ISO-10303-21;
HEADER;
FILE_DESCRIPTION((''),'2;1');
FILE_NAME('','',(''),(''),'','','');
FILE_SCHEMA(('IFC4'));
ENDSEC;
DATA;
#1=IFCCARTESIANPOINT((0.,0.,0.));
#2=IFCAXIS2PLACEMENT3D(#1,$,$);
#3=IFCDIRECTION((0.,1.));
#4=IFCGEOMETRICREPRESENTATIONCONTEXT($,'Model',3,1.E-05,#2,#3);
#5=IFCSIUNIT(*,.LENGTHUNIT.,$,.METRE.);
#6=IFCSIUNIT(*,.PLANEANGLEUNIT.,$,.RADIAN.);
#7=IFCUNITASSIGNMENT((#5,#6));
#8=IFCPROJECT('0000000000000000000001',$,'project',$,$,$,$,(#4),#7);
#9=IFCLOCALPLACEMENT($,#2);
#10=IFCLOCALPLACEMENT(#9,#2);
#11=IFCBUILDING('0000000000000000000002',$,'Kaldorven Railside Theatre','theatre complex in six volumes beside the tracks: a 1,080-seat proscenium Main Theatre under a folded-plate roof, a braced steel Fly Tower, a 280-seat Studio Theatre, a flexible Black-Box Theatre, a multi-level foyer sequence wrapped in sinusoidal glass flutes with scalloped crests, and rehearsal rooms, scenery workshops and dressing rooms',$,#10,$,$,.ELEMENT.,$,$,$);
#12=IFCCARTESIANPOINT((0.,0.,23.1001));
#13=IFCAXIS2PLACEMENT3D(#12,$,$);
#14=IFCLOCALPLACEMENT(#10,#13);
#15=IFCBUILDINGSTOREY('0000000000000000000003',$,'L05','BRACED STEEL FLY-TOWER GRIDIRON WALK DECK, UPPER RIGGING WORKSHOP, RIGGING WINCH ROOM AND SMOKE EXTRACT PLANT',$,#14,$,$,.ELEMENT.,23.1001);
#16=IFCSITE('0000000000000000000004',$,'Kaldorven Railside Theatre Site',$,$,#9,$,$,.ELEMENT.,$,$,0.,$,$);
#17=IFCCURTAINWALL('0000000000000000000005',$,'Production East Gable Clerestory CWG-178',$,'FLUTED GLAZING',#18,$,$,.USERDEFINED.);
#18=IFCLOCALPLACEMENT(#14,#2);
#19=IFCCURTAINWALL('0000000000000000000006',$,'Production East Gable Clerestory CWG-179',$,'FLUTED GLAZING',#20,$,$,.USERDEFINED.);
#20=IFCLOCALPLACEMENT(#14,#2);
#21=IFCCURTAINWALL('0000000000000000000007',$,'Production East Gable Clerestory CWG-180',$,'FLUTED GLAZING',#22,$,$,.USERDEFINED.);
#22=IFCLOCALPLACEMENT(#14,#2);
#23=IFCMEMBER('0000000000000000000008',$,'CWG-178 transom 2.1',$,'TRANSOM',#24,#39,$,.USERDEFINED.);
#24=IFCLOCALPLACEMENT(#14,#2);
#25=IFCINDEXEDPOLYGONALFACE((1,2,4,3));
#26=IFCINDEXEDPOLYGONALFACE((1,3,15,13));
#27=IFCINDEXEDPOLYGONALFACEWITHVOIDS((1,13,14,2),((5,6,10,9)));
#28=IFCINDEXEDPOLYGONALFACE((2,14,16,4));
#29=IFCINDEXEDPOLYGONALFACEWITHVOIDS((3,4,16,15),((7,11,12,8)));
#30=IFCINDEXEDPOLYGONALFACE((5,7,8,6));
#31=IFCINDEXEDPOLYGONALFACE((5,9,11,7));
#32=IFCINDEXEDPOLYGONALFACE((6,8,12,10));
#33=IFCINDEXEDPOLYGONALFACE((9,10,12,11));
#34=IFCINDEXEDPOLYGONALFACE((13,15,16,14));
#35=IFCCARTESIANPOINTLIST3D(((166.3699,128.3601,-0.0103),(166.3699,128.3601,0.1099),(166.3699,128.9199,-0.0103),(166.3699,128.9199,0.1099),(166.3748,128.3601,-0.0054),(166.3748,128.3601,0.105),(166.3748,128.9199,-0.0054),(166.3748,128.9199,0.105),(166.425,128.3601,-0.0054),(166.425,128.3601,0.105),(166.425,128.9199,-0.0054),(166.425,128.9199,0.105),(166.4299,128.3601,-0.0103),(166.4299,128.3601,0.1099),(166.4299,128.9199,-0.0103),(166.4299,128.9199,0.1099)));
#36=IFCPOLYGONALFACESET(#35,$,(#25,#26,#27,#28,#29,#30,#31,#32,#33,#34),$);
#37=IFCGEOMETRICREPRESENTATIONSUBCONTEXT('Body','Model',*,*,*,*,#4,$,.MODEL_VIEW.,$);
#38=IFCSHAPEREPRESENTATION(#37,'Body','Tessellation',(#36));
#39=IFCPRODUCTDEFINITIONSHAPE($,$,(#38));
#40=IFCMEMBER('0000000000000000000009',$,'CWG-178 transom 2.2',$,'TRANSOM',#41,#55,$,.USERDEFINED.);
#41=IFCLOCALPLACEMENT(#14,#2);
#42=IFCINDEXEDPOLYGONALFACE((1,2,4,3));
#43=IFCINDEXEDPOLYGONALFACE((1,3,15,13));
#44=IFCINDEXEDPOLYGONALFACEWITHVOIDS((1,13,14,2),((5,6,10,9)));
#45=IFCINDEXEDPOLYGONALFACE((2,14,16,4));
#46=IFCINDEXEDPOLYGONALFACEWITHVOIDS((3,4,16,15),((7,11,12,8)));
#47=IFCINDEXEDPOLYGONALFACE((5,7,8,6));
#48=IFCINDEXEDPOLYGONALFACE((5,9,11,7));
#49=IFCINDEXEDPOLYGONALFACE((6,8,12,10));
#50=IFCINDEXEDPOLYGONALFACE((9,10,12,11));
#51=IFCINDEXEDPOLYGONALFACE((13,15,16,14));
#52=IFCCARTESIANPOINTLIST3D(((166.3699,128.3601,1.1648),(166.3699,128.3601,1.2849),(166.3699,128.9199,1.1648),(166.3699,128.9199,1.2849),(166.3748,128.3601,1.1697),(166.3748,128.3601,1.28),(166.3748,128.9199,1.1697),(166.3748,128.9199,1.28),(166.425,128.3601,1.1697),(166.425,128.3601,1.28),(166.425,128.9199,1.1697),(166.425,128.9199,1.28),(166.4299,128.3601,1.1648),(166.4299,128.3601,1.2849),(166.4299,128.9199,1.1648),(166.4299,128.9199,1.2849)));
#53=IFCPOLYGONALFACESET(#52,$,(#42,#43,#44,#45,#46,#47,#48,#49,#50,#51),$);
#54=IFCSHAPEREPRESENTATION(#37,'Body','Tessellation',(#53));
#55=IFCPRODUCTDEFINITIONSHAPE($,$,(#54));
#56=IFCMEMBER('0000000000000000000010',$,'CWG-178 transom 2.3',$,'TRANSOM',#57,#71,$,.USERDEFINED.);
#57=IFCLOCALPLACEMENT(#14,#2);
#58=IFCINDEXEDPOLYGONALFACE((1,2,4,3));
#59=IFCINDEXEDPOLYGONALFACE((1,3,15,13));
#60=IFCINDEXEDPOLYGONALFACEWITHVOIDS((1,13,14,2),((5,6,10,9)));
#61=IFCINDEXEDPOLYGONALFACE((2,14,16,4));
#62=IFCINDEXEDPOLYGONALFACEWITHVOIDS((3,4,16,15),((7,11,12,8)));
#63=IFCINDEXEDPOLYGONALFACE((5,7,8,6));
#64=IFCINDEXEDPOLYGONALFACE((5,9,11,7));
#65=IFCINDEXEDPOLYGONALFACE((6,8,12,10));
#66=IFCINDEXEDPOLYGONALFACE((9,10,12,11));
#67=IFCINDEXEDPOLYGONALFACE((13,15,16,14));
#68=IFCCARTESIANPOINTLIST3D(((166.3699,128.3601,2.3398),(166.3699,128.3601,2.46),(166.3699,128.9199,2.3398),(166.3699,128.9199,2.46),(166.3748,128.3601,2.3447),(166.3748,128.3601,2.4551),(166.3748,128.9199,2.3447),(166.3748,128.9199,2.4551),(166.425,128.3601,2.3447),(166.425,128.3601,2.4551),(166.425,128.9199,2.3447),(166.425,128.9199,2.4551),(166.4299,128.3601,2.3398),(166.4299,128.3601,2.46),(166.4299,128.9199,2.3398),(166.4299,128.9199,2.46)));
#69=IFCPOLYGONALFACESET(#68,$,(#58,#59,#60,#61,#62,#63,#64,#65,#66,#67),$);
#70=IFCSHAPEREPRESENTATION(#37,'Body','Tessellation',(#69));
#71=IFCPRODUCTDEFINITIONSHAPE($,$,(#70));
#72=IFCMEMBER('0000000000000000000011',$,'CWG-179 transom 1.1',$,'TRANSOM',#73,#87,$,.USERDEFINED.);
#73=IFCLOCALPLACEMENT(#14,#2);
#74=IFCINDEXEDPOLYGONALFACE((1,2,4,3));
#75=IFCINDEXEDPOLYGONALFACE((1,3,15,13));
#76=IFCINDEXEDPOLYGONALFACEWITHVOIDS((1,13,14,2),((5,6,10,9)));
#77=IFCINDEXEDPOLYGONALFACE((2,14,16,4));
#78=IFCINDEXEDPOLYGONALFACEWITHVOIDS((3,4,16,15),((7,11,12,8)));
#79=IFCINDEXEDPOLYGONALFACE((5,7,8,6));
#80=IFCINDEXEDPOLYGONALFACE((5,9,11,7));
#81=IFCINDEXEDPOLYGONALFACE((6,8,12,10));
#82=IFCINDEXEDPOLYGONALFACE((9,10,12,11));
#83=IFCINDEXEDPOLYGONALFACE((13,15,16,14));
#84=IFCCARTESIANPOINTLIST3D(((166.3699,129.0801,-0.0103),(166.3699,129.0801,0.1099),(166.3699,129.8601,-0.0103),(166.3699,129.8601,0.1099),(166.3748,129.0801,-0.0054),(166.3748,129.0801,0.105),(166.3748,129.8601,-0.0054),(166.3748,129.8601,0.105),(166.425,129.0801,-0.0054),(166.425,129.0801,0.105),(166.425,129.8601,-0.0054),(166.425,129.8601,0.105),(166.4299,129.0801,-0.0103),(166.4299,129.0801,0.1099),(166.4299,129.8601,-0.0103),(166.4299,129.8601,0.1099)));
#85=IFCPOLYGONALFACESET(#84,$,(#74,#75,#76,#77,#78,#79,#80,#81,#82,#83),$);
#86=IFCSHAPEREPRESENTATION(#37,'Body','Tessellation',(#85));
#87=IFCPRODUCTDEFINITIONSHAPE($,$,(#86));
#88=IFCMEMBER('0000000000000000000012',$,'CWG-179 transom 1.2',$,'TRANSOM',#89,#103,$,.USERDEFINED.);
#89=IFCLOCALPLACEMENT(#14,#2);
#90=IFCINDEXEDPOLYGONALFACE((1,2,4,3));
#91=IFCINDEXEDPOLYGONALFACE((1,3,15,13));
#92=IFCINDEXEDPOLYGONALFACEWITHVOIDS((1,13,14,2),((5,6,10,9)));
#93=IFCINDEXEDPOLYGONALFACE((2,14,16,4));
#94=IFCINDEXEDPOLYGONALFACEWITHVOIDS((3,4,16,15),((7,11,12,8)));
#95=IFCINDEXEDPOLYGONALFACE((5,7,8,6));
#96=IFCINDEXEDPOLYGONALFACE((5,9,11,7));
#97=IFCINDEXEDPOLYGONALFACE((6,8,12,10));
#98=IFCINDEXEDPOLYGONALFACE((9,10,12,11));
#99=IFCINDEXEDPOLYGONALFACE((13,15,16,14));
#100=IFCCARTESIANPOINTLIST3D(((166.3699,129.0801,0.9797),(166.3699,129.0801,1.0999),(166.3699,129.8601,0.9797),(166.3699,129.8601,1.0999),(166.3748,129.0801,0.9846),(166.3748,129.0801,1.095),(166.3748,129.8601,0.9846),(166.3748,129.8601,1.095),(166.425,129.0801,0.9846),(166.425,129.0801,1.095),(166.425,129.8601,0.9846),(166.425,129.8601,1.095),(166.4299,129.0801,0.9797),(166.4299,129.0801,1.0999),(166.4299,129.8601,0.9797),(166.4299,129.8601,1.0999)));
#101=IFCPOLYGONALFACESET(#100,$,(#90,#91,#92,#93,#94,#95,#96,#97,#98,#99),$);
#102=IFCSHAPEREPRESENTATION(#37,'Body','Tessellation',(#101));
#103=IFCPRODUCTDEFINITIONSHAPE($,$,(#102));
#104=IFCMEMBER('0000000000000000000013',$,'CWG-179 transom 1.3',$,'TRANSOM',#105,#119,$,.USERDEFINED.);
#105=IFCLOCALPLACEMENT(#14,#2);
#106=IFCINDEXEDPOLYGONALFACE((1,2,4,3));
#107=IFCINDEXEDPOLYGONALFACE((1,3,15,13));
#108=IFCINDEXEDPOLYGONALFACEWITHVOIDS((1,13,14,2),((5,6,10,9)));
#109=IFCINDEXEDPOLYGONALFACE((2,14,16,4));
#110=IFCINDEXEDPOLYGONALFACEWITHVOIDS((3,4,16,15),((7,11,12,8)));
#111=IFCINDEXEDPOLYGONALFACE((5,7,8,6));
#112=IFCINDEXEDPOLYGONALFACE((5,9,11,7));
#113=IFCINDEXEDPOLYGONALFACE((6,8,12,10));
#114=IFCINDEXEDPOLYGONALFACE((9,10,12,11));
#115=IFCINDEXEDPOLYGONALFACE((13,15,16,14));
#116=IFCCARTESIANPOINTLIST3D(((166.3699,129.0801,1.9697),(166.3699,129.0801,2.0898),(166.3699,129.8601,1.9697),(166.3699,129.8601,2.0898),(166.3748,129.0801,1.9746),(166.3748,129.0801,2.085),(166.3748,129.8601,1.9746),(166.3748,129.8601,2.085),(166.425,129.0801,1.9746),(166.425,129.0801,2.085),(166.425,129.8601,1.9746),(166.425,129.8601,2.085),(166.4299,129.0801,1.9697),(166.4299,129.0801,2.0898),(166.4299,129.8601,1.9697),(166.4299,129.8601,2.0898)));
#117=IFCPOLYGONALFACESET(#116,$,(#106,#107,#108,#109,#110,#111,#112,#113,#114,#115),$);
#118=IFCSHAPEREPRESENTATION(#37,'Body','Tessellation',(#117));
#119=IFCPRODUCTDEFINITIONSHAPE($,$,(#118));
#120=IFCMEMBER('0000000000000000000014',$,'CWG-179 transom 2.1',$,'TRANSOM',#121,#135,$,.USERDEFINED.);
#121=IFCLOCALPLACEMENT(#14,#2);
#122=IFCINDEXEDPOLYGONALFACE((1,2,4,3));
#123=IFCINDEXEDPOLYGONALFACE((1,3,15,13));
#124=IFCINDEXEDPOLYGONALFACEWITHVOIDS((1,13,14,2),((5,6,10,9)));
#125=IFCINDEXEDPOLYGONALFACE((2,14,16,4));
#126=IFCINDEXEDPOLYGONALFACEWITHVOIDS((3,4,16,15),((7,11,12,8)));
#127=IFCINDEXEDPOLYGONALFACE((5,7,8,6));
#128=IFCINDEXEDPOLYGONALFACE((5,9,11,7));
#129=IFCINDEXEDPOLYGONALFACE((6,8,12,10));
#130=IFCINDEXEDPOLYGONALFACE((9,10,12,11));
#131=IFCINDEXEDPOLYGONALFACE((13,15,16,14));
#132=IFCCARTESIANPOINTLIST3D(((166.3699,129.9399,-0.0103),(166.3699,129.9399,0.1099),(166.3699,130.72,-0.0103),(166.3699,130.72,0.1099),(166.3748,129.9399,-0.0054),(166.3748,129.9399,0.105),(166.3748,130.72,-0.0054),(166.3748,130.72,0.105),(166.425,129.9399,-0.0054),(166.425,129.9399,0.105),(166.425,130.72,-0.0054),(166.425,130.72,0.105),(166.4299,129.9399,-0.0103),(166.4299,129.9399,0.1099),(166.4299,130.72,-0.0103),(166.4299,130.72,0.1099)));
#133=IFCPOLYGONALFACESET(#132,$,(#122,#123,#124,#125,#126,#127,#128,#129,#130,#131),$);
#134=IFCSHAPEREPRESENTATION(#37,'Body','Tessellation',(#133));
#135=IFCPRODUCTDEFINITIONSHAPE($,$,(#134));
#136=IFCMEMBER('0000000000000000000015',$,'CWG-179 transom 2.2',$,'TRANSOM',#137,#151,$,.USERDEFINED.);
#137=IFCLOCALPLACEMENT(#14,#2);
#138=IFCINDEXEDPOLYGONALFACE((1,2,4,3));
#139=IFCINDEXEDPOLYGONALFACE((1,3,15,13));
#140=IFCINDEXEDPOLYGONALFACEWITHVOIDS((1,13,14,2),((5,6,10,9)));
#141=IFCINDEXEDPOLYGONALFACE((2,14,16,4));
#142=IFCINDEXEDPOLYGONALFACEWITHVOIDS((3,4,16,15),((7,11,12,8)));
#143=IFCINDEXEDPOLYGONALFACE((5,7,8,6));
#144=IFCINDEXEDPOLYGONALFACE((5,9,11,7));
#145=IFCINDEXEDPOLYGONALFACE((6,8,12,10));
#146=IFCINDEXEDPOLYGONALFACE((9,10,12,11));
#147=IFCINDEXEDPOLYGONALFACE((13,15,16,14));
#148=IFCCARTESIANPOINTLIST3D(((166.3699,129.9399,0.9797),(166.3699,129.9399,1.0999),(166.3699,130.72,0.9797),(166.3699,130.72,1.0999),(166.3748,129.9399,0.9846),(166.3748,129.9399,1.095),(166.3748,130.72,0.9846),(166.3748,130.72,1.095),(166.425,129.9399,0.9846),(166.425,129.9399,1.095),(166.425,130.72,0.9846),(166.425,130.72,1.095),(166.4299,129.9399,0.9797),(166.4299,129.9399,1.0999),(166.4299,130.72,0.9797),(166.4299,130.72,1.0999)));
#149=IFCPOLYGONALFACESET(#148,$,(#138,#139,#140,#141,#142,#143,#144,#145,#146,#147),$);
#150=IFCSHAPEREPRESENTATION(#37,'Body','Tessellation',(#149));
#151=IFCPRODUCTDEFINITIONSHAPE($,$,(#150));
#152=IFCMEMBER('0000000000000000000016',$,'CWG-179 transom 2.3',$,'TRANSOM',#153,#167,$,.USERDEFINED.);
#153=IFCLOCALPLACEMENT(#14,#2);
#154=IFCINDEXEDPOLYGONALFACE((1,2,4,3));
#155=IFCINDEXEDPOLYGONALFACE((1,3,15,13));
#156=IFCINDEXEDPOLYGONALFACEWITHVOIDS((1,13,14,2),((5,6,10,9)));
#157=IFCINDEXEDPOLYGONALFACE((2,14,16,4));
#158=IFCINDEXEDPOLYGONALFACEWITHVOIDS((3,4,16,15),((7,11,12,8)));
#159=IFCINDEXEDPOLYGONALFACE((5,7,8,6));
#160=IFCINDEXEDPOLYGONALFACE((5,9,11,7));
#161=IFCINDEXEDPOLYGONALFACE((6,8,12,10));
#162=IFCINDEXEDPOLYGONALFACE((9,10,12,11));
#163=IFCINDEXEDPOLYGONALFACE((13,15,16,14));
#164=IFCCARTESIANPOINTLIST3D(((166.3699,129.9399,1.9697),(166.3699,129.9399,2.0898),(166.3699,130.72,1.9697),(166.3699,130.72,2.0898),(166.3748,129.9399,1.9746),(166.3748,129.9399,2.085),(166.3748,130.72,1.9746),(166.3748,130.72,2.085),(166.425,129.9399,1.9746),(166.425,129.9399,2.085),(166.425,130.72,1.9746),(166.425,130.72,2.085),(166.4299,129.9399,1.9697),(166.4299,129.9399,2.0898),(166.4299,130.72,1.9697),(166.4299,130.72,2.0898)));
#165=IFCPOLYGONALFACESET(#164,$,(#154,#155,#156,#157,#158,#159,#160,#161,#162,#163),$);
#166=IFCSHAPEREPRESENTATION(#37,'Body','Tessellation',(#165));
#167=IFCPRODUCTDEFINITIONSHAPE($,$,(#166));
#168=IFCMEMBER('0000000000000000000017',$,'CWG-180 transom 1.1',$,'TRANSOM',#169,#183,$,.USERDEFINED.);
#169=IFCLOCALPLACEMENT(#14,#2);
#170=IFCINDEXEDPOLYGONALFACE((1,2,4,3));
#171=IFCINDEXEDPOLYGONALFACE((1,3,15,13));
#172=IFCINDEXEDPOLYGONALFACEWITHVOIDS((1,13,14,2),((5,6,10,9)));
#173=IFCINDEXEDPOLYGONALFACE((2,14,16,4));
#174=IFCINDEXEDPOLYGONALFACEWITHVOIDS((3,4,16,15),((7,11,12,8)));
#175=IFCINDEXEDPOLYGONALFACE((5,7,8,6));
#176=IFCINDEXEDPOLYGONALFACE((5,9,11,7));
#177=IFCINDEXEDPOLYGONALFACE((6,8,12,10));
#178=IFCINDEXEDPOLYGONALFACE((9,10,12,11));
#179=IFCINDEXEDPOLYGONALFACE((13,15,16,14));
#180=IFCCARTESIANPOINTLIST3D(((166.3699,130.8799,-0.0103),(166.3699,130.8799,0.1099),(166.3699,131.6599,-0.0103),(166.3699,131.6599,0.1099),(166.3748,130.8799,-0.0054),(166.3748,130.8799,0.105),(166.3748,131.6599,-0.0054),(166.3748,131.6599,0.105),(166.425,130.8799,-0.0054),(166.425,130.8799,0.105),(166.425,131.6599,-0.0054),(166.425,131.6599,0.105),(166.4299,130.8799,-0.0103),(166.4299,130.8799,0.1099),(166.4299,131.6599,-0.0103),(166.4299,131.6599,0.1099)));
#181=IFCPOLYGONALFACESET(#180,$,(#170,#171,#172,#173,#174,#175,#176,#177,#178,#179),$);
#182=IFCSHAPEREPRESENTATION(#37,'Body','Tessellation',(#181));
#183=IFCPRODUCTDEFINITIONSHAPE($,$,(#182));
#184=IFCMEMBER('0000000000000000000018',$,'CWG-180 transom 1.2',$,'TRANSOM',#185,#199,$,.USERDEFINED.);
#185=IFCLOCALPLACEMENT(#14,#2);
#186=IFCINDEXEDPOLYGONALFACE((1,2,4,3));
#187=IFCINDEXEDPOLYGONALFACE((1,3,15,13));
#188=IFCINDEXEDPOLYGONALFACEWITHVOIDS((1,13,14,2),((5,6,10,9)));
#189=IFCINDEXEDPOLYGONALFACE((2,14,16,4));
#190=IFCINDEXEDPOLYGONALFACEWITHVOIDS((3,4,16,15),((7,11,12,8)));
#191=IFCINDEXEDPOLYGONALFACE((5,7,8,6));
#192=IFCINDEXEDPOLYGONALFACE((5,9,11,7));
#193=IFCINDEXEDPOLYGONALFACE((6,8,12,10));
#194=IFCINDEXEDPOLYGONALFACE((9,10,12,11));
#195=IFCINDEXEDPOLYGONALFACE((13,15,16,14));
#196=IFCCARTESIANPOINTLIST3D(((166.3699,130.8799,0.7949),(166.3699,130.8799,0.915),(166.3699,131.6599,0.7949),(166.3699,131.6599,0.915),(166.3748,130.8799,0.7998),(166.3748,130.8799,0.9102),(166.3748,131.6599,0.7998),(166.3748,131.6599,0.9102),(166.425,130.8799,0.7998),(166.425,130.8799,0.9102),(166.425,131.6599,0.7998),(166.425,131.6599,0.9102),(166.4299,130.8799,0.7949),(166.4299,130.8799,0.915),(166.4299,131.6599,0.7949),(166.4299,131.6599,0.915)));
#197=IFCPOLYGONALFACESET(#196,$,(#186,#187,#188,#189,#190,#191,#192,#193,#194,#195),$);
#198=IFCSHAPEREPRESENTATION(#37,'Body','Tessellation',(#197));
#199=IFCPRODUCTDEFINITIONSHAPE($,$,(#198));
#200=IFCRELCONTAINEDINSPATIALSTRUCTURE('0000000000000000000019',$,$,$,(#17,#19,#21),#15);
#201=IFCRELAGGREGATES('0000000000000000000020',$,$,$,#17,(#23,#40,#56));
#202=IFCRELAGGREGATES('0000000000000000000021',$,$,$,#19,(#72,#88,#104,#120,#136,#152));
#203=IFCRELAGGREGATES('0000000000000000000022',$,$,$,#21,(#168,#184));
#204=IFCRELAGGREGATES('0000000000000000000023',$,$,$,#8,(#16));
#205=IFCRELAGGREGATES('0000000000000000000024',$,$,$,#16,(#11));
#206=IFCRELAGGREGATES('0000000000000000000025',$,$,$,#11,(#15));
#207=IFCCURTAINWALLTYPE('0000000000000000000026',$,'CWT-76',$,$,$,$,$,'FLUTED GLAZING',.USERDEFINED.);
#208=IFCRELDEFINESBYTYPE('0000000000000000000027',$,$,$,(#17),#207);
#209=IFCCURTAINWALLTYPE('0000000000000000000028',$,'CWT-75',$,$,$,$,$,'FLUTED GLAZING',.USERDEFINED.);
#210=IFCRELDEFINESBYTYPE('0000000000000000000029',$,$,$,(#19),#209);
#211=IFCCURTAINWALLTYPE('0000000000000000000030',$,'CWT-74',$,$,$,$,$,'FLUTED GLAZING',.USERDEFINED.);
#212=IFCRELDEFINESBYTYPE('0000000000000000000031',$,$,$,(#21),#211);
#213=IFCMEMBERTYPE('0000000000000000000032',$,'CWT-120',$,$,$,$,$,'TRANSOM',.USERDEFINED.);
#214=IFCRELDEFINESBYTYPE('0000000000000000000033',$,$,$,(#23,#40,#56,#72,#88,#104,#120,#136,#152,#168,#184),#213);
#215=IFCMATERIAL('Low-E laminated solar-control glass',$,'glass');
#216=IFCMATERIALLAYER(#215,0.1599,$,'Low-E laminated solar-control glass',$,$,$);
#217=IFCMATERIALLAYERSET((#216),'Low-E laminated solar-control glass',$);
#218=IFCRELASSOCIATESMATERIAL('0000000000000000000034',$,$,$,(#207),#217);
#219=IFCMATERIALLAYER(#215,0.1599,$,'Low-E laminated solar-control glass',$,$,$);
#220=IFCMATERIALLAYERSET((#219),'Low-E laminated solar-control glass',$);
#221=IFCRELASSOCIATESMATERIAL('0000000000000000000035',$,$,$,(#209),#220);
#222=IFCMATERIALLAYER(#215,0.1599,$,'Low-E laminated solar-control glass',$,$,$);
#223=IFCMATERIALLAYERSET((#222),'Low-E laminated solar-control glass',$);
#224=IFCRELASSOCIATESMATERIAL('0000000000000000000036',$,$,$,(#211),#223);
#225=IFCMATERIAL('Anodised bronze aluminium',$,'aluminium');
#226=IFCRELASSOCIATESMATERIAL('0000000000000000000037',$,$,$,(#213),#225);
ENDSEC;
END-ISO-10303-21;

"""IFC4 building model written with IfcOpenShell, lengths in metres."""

from ifc_helpers import new_model, si_unit, direction, frame, origin, origin_2d, place, context, subcontext, project, spatial, hollow_rectangle, extrude, material, layer, layer_set, material_profile, profile_set, type_object, element, aggregate, save


model = new_model("IFC4")

# Units and contexts
model_context = context("Model", 3, precision=1e-05, world=origin(), true_north=direction((0.0, 1.0)))
body_context = subcontext(model_context, "Body", "Model", "MODEL_VIEW")
ifc_project = project(units=[si_unit("LENGTHUNIT", "METRE"), si_unit("PLANEANGLEUNIT", "RADIAN")], contexts=[model_context])

# Site, building, storey
site_placement = place(None, origin())
site = spatial("IfcSite", under=ifc_project, at=site_placement, Name="Kaldorven Railside Theatre Site", CompositionType="ELEMENT", RefElevation=0.0)
building_placement = place(site_placement, origin())
building = spatial("IfcBuilding", under=site, at=building_placement, Name="Kaldorven Railside Theatre", Description="theatre complex in six volumes beside the tracks: a 1,080-seat proscenium Main Theatre under a folded-plate roof, a braced steel Fly Tower, a 280-seat Studio Theatre, a flexible Black-Box Theatre, a multi-level foyer sequence wrapped in sinusoidal glass flutes with scalloped crests, and rehearsal rooms, scenery workshops and dressing rooms", CompositionType="ELEMENT")
storey_placement = place(building_placement, frame((0.0, 0.0, 23.1001)))
storey = spatial("IfcBuildingStorey", under=building, at=storey_placement, Name="L05", Description="BRACED STEEL FLY-TOWER GRIDIRON WALK DECK, UPPER RIGGING WORKSHOP, RIGGING WINCH ROOM AND SMOKE EXTRACT PLANT", CompositionType="ELEMENT", Elevation=23.1001)

# Shared definitions
ifc_material_1 = material(Name="Low-E laminated solar-control glass", Category="glass")
ifc_layer_1 = layer(ifc_material_1, 0.1599, Name="Low-E laminated solar-control glass")
ifc_layer_set_1 = layer_set([ifc_layer_1], Name="Low-E laminated solar-control glass")
curtain_wall_type_1 = type_object("IfcCurtainWallType", Name="CWT-76", ElementType="FLUTED GLAZING", PredefinedType="USERDEFINED", material=ifc_layer_set_1)
ifc_material_2 = material(Name="Anodised bronze aluminium", Category="aluminium")

# Curtain walls
curtain_wall_1_placement = place(storey_placement, origin())
curtain_wall_1 = element("IfcCurtainWall", 1, at=curtain_wall_1_placement, inside=storey, type_object=curtain_wall_type_1, Name="Production East Gable Clerestory CWG-178", ObjectType="FLUTED GLAZING", PredefinedType="USERDEFINED")
ifc_layer_2 = layer(ifc_material_1, 0.1599, Name="Low-E laminated solar-control glass")
ifc_layer_set_2 = layer_set([ifc_layer_2], Name="Low-E laminated solar-control glass")
curtain_wall_type_2 = type_object("IfcCurtainWallType", Name="CWT-75", ElementType="FLUTED GLAZING", PredefinedType="USERDEFINED", material=ifc_layer_set_2)
curtain_wall_2_placement = place(storey_placement, origin())
curtain_wall_2 = element("IfcCurtainWall", 2, at=curtain_wall_2_placement, inside=storey, type_object=curtain_wall_type_2, Name="Production East Gable Clerestory CWG-179", ObjectType="FLUTED GLAZING", PredefinedType="USERDEFINED")

# Curtain wall
ifc_layer_3 = layer(ifc_material_1, 0.1599, Name="Low-E laminated solar-control glass")
ifc_layer_set_3 = layer_set([ifc_layer_3], Name="Low-E laminated solar-control glass")
curtain_wall_type_3 = type_object("IfcCurtainWallType", Name="CWT-74", ElementType="FLUTED GLAZING", PredefinedType="USERDEFINED", material=ifc_layer_set_3)
curtain_wall_3_placement = place(storey_placement, origin())
curtain_wall_3 = element("IfcCurtainWall", 3, at=curtain_wall_3_placement, inside=storey, type_object=curtain_wall_type_3, Name="Production East Gable Clerestory CWG-180", ObjectType="FLUTED GLAZING", PredefinedType="USERDEFINED")

# Members
ifc_material_profile_1 = material_profile(ifc_material_2, hollow_rectangle(XDim=0.0601, YDim=0.1201, WallThickness=0.0049, at=origin_2d()), Name="RHS 120x60x5")
ifc_profile_set_1 = profile_set([ifc_material_profile_1], Name="Anodised bronze aluminium")
member_type_1 = type_object("IfcMemberType", Name="CWT-120", ElementType="TRANSOM", PredefinedType="USERDEFINED", material=ifc_profile_set_1)
member_1_placement = place(storey_placement, frame((166.3999, 128.3601, 0.0498), z_axis=(0.0, 1.0, 0.0), x_axis=(-1.0, 0.0, 0.0)))
member_1 = element("IfcMember", 4, at=member_1_placement, type_object=member_type_1, Name="CWG-178 transom 2.1", ObjectType="TRANSOM", PredefinedType="USERDEFINED", context=body_context, shape_type="SweptSolid", body=[
    extrude(hollow_rectangle(XDim=0.0601, YDim=0.1201, WallThickness=0.0049, at=origin_2d()), origin(), (0.0, 0.0, 1.0), 0.5598),
])
member_2_placement = place(storey_placement, frame((166.3999, 128.3601, 1.2249), z_axis=(0.0, 1.0, 0.0), x_axis=(-1.0, 0.0, 0.0)))
member_2 = element("IfcMember", 5, at=member_2_placement, type_object=member_type_1, Name="CWG-178 transom 2.2", ObjectType="TRANSOM", PredefinedType="USERDEFINED", context=body_context, shape_type="SweptSolid", body=[
    extrude(hollow_rectangle(XDim=0.0601, YDim=0.1201, WallThickness=0.0049, at=origin_2d()), origin(), (0.0, 0.0, 1.0), 0.5598),
])
member_3_placement = place(storey_placement, frame((166.3999, 128.3601, 2.3999), z_axis=(0.0, 1.0, 0.0), x_axis=(-1.0, 0.0, 0.0)))
member_3 = element("IfcMember", 6, at=member_3_placement, type_object=member_type_1, Name="CWG-178 transom 2.3", ObjectType="TRANSOM", PredefinedType="USERDEFINED", context=body_context, shape_type="SweptSolid", body=[
    extrude(hollow_rectangle(XDim=0.0601, YDim=0.1201, WallThickness=0.0049, at=origin_2d()), origin(), (0.0, 0.0, 1.0), 0.5598),
])
member_4_placement = place(storey_placement, frame((166.3999, 129.0801, 0.0498), z_axis=(0.0, 1.0, 0.0), x_axis=(-1.0, 0.0, 0.0)))
member_4 = element("IfcMember", 7, at=member_4_placement, type_object=member_type_1, Name="CWG-179 transom 1.1", ObjectType="TRANSOM", PredefinedType="USERDEFINED", context=body_context, shape_type="SweptSolid", body=[
    extrude(hollow_rectangle(XDim=0.0601, YDim=0.1201, WallThickness=0.0049, at=origin_2d()), origin(), (0.0, 0.0, 1.0), 0.78),
])
member_5_placement = place(storey_placement, frame((166.3999, 129.0801, 1.0398), z_axis=(0.0, 1.0, 0.0), x_axis=(-1.0, 0.0, 0.0)))
member_5 = element("IfcMember", 8, at=member_5_placement, type_object=member_type_1, Name="CWG-179 transom 1.2", ObjectType="TRANSOM", PredefinedType="USERDEFINED", context=body_context, shape_type="SweptSolid", body=[
    extrude(hollow_rectangle(XDim=0.0601, YDim=0.1201, WallThickness=0.0049, at=origin_2d()), origin(), (0.0, 0.0, 1.0), 0.78),
])
member_6_placement = place(storey_placement, frame((166.3999, 129.0801, 2.0298), z_axis=(0.0, 1.0, 0.0), x_axis=(-1.0, 0.0, 0.0)))
member_6 = element("IfcMember", 9, at=member_6_placement, type_object=member_type_1, Name="CWG-179 transom 1.3", ObjectType="TRANSOM", PredefinedType="USERDEFINED", context=body_context, shape_type="SweptSolid", body=[
    extrude(hollow_rectangle(XDim=0.0601, YDim=0.1201, WallThickness=0.0049, at=origin_2d()), origin(), (0.0, 0.0, 1.0), 0.78),
])
member_7_placement = place(storey_placement, frame((166.3999, 129.9399, 0.0498), z_axis=(0.0, 1.0, 0.0), x_axis=(-1.0, 0.0, 0.0)))
member_7 = element("IfcMember", 10, at=member_7_placement, type_object=member_type_1, Name="CWG-179 transom 2.1", ObjectType="TRANSOM", PredefinedType="USERDEFINED", context=body_context, shape_type="SweptSolid", body=[
    extrude(hollow_rectangle(XDim=0.0601, YDim=0.1201, WallThickness=0.0049, at=origin_2d()), origin(), (0.0, 0.0, 1.0), 0.78),
])
member_8_placement = place(storey_placement, frame((166.3999, 129.9399, 1.0398), z_axis=(0.0, 1.0, 0.0), x_axis=(-1.0, 0.0, 0.0)))
member_8 = element("IfcMember", 11, at=member_8_placement, type_object=member_type_1, Name="CWG-179 transom 2.2", ObjectType="TRANSOM", PredefinedType="USERDEFINED", context=body_context, shape_type="SweptSolid", body=[
    extrude(hollow_rectangle(XDim=0.0601, YDim=0.1201, WallThickness=0.0049, at=origin_2d()), origin(), (0.0, 0.0, 1.0), 0.78),
])
member_9_placement = place(storey_placement, frame((166.3999, 129.9399, 2.0298), z_axis=(0.0, 1.0, 0.0), x_axis=(-1.0, 0.0, 0.0)))
member_9 = element("IfcMember", 12, at=member_9_placement, type_object=member_type_1, Name="CWG-179 transom 2.3", ObjectType="TRANSOM", PredefinedType="USERDEFINED", context=body_context, shape_type="SweptSolid", body=[
    extrude(hollow_rectangle(XDim=0.0601, YDim=0.1201, WallThickness=0.0049, at=origin_2d()), origin(), (0.0, 0.0, 1.0), 0.78),
])
member_10_placement = place(storey_placement, frame((166.3999, 130.8799, 0.0498), z_axis=(0.0, 1.0, 0.0), x_axis=(-1.0, 0.0, 0.0)))
member_10 = element("IfcMember", 13, at=member_10_placement, type_object=member_type_1, Name="CWG-180 transom 1.1", ObjectType="TRANSOM", PredefinedType="USERDEFINED", context=body_context, shape_type="SweptSolid", body=[
    extrude(hollow_rectangle(XDim=0.0601, YDim=0.1201, WallThickness=0.0049, at=origin_2d()), origin(), (0.0, 0.0, 1.0), 0.78),
])
member_11_placement = place(storey_placement, frame((166.3999, 130.8799, 0.855), z_axis=(0.0, 1.0, 0.0), x_axis=(-1.0, 0.0, 0.0)))
member_11 = element("IfcMember", 14, at=member_11_placement, type_object=member_type_1, Name="CWG-180 transom 1.2", ObjectType="TRANSOM", PredefinedType="USERDEFINED", context=body_context, shape_type="SweptSolid", body=[
    extrude(hollow_rectangle(XDim=0.0601, YDim=0.1201, WallThickness=0.0049, at=origin_2d()), origin(), (0.0, 0.0, 1.0), 0.78),
])

aggregate(curtain_wall_1, [member_1, member_2, member_3])
aggregate(curtain_wall_2, [member_4, member_5, member_6, member_7, member_8, member_9])
aggregate(curtain_wall_3, [member_10, member_11])

save(model, "model.ifc")
